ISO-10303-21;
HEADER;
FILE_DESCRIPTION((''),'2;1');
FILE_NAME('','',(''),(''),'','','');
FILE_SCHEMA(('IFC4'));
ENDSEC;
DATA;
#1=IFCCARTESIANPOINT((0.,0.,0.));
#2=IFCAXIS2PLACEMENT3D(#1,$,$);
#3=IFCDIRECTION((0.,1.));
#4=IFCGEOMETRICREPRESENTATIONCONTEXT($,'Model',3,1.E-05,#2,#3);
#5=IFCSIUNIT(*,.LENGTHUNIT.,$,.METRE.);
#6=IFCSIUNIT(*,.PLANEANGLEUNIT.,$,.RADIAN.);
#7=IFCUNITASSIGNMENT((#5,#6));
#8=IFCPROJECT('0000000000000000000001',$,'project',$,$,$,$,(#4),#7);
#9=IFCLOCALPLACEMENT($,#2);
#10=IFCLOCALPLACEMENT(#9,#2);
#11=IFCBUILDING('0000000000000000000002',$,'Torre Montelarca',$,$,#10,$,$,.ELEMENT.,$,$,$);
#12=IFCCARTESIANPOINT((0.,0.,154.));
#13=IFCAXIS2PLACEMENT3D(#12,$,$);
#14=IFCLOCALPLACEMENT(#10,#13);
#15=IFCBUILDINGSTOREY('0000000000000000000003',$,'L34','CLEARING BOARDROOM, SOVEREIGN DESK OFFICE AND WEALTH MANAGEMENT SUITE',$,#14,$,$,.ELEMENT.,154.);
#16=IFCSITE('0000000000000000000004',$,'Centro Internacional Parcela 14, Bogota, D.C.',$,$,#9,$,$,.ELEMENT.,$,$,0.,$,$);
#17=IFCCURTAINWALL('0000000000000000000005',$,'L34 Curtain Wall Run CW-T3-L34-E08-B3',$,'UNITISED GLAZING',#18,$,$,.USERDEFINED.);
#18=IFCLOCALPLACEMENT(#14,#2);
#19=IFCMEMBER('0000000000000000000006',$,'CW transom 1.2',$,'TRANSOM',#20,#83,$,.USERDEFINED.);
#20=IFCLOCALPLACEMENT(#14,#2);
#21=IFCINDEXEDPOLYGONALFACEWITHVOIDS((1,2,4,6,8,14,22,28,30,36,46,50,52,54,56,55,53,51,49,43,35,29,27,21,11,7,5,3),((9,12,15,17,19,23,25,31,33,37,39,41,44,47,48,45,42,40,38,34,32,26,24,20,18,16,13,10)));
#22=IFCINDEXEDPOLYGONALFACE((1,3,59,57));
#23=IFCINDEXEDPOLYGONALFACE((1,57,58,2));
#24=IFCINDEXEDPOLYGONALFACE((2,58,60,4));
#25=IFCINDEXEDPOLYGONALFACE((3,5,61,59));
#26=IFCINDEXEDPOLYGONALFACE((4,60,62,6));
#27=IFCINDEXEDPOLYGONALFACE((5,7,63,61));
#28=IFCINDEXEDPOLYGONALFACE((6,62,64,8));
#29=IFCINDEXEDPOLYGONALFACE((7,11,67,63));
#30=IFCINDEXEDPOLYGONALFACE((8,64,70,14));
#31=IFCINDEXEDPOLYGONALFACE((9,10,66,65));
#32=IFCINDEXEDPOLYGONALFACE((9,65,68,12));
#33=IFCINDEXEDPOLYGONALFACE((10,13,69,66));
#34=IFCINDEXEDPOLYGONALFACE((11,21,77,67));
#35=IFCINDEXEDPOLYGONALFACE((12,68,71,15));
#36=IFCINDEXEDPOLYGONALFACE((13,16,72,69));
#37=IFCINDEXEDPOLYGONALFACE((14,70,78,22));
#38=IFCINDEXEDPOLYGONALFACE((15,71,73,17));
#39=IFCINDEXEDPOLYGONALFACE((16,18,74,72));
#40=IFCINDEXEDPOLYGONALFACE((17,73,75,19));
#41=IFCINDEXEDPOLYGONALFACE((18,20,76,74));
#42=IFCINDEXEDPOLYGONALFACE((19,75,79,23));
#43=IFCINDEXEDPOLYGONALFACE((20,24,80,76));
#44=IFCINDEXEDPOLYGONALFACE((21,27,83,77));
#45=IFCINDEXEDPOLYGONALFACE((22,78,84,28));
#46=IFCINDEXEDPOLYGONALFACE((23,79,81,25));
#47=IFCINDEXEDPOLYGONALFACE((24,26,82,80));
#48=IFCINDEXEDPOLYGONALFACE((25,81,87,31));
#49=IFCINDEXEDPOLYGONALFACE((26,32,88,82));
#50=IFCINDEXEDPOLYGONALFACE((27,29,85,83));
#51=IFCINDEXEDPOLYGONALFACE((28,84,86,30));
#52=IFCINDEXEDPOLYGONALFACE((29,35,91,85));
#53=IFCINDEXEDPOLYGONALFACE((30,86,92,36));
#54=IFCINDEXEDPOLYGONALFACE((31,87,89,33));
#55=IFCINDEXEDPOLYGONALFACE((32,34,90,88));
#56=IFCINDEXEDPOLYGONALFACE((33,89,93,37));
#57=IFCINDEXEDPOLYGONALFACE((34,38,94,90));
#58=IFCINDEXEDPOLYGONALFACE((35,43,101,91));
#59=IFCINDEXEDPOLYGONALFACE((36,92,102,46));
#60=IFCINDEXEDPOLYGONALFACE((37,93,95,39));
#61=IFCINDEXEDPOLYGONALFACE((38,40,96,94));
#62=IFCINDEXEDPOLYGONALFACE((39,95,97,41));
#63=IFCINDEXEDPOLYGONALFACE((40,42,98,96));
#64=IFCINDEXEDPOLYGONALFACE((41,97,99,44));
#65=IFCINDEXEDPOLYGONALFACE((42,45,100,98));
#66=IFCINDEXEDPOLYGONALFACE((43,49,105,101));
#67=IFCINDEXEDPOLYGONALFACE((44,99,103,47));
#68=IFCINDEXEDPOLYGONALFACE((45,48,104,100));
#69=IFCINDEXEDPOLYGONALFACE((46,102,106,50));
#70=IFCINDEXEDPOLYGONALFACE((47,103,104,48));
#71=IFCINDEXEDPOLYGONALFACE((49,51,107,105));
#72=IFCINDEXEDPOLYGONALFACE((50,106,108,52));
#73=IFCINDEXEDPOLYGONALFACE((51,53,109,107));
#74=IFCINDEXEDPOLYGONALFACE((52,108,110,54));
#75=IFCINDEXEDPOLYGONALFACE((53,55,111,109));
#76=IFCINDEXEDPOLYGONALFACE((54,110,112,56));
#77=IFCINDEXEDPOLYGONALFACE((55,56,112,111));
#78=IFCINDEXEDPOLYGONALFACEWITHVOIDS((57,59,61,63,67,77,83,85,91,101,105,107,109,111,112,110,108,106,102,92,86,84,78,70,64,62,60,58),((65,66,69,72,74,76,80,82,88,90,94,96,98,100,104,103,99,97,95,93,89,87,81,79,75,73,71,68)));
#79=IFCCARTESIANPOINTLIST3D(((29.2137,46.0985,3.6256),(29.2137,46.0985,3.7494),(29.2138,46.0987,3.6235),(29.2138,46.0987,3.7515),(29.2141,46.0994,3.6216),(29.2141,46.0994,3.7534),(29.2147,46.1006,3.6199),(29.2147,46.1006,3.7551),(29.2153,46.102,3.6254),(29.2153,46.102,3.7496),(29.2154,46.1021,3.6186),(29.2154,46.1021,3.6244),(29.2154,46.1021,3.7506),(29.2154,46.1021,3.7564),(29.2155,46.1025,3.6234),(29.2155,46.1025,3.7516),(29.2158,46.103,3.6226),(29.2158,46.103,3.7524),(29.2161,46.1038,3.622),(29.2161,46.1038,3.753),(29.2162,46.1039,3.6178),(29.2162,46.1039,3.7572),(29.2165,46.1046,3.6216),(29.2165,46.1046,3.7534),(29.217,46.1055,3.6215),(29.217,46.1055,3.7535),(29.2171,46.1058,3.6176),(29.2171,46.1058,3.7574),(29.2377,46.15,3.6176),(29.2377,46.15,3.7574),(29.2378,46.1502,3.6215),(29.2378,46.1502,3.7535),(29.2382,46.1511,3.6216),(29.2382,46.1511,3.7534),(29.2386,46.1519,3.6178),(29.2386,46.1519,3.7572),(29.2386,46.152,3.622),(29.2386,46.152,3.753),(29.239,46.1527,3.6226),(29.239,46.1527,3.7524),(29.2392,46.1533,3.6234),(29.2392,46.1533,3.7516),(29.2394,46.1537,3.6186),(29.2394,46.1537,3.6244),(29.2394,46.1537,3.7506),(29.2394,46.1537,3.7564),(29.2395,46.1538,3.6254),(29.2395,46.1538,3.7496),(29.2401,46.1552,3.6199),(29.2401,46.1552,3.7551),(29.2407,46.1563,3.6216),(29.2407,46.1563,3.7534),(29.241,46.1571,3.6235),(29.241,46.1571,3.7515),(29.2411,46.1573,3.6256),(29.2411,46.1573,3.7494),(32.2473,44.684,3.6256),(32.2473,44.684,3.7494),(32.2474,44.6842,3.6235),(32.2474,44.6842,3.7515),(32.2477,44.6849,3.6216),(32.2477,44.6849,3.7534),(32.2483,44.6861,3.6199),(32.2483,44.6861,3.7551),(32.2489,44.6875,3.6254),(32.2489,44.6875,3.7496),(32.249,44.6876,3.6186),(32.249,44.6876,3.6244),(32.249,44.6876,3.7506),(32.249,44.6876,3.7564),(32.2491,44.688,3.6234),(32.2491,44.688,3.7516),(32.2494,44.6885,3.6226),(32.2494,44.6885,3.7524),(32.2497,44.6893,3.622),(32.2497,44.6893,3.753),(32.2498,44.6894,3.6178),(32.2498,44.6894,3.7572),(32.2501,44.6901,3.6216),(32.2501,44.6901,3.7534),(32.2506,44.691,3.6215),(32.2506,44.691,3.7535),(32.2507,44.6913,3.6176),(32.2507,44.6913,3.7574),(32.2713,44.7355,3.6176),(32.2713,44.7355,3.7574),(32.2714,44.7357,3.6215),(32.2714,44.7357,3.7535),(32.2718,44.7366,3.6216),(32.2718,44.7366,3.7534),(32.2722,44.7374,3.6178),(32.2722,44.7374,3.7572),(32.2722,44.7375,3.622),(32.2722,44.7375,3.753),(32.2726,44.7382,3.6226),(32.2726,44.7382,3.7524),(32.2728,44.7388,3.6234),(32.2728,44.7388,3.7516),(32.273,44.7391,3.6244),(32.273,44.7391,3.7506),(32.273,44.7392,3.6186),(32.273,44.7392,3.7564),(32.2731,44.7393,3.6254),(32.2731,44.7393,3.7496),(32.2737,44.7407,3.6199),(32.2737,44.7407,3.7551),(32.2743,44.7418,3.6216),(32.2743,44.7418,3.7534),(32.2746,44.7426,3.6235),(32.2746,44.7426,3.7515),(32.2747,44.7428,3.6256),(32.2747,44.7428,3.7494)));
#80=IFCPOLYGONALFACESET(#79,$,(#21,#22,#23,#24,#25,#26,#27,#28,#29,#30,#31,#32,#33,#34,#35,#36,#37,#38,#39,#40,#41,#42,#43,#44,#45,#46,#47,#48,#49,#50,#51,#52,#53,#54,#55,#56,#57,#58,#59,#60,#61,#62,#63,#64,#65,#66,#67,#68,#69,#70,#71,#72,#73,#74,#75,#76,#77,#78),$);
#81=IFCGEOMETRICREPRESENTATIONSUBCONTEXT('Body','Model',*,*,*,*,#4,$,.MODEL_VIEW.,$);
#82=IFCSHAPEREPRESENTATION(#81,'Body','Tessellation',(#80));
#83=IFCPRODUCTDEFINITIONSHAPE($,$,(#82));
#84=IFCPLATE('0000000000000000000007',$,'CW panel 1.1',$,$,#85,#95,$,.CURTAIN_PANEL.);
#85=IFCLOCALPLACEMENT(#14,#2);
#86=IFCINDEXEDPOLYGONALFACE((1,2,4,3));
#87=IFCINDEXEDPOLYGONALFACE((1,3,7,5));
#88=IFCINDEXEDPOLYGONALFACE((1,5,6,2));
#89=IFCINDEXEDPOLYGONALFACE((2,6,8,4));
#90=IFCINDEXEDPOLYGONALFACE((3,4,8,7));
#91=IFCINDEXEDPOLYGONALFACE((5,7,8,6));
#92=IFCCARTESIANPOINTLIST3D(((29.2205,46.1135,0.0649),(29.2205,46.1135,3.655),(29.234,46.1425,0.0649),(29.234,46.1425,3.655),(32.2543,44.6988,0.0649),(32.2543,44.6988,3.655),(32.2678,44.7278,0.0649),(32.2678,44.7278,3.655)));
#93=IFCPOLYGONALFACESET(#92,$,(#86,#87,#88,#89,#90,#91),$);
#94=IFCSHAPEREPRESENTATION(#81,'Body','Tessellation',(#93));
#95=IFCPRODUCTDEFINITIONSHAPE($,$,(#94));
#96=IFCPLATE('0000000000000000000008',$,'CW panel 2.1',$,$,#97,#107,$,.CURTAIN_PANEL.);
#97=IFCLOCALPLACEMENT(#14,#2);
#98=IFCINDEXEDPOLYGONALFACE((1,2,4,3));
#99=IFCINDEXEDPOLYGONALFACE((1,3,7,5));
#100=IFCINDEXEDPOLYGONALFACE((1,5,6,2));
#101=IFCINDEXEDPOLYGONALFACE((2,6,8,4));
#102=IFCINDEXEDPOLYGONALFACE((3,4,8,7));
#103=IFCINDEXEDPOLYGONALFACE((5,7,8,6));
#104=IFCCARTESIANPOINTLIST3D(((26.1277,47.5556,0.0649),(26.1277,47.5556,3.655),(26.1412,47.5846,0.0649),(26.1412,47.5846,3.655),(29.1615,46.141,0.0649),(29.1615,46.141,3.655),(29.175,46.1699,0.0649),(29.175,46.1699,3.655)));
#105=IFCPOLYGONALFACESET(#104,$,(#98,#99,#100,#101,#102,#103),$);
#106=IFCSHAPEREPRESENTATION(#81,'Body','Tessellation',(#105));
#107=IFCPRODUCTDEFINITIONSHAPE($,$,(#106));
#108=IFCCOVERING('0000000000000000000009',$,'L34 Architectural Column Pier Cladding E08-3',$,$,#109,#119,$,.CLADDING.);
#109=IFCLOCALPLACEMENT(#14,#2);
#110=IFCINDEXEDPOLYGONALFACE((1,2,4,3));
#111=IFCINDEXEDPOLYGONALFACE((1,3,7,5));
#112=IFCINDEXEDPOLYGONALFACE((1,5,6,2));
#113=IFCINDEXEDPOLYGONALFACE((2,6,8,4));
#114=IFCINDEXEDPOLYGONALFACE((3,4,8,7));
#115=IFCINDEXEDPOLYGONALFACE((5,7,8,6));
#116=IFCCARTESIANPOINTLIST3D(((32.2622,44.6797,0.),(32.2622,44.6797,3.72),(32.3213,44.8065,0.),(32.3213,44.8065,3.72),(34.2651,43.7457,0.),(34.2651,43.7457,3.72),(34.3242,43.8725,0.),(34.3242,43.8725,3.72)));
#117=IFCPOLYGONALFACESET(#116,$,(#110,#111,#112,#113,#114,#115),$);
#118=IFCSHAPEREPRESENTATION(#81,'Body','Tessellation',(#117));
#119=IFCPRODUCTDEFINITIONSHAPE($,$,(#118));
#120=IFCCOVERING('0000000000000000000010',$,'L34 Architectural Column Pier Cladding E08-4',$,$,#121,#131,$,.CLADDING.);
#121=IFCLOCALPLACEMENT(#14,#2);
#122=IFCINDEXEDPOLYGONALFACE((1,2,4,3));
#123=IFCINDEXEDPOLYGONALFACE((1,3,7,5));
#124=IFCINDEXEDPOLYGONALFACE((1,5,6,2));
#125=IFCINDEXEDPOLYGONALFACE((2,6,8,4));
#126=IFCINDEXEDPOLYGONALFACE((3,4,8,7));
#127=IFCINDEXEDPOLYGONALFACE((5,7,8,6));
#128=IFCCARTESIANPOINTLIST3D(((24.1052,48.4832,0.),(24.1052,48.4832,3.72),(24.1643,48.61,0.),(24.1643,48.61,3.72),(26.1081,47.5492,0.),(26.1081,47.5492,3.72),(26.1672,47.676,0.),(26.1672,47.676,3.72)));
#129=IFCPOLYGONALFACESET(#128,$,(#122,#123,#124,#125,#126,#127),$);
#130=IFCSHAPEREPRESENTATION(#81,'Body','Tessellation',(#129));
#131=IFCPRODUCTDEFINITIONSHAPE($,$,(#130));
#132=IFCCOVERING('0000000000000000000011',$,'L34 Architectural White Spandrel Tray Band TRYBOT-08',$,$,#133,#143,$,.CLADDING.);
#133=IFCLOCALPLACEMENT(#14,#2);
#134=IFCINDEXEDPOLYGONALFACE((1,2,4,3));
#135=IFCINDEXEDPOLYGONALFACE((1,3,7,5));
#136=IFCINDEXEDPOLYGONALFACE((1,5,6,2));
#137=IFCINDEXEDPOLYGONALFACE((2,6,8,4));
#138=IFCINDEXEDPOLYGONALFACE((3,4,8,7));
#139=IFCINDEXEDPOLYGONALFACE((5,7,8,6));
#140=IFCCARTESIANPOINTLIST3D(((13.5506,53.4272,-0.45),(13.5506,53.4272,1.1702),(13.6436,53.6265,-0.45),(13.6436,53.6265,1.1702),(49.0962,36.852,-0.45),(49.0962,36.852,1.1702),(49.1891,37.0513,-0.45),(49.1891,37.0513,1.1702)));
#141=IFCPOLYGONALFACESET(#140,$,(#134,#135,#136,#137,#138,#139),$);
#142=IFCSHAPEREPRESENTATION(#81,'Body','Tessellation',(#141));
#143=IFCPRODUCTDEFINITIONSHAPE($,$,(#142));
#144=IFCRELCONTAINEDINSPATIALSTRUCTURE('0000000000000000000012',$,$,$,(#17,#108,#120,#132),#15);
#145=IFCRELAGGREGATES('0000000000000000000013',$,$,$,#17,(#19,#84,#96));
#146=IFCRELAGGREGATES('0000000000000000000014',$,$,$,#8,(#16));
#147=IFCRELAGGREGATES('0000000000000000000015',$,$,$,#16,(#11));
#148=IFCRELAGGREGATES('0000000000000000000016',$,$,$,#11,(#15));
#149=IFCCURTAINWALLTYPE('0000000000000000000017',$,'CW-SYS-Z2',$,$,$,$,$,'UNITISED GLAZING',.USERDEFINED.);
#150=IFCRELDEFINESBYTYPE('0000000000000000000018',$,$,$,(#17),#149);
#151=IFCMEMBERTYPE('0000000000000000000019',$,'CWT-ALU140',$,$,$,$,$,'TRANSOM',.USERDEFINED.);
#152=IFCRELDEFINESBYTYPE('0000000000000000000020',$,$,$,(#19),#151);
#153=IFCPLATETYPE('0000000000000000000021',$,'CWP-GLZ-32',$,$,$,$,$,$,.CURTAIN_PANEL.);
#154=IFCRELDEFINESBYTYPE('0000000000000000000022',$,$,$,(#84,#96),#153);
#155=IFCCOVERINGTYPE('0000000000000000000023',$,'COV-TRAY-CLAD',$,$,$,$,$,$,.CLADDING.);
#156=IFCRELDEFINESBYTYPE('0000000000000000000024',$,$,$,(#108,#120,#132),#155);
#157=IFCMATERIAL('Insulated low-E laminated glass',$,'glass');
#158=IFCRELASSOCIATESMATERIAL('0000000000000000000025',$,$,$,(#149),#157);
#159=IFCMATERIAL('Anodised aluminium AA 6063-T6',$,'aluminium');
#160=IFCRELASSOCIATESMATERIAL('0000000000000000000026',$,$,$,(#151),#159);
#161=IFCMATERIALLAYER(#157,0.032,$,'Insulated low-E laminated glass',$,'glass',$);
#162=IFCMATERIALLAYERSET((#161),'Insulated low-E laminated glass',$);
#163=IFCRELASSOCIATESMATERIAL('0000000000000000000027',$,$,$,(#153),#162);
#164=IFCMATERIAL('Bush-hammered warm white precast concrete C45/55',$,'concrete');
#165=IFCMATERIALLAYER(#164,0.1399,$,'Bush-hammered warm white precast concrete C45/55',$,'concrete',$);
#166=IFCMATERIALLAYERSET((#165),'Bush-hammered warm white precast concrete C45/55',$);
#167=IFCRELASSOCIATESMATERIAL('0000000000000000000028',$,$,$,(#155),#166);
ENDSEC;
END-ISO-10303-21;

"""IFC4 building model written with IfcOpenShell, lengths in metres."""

from ifc_helpers import new_model, si_unit, direction, frame, origin, origin_2d, place, context, subcontext, project, spatial, rectangle, hollow_rectangle, extrude, source, transform, mapped, material, layer, layer_set, material_profile, profile_set, type_object, element, aggregate, save


model = new_model("IFC4")

# Units and contexts
model_context = context("Model", 3, precision=1e-05, world=origin(), true_north=direction((0.0, 1.0)))
body_context = subcontext(model_context, "Body", "Model", "MODEL_VIEW")
ifc_project = project(units=[si_unit("LENGTHUNIT", "METRE"), si_unit("PLANEANGLEUNIT", "RADIAN")], contexts=[model_context])

# Site, building, storey
site_placement = place(None, origin())
site = spatial("IfcSite", under=ifc_project, at=site_placement, Name="Centro Internacional Parcela 14, Bogota, D.C.", CompositionType="ELEMENT", RefElevation=0.0)
building_placement = place(site_placement, origin())
building = spatial("IfcBuilding", under=site, at=building_placement, Name="Torre Montelarca", CompositionType="ELEMENT")
storey_placement = place(building_placement, frame((0.0, 0.0, 154.0)))
storey = spatial("IfcBuildingStorey", under=building, at=storey_placement, Name="L34", Description="CLEARING BOARDROOM, SOVEREIGN DESK OFFICE AND WEALTH MANAGEMENT SUITE", CompositionType="ELEMENT", Elevation=154.0)

# Shared definitions
ifc_material_1 = material(Name="Insulated low-E laminated glass", Category="glass")
curtain_wall_type = type_object("IfcCurtainWallType", Name="CW-SYS-Z2", ElementType="UNITISED GLAZING", PredefinedType="USERDEFINED", material=ifc_material_1)
ifc_material_2 = material(Name="Anodised aluminium AA 6063-T6", Category="aluminium")

# Curtain wall
curtain_wall_1_placement = place(storey_placement, origin())
curtain_wall_1 = element("IfcCurtainWall", 1, at=curtain_wall_1_placement, inside=storey, type_object=curtain_wall_type, Name="L34 Curtain Wall Run CW-T3-L34-E08-B3", ObjectType="UNITISED GLAZING", PredefinedType="USERDEFINED")
ifc_material_profile_1 = material_profile(ifc_material_2, hollow_rectangle(XDim=0.0649, YDim=0.1399, WallThickness=0.0039, InnerFilletRadius=0.0039, OuterFilletRadius=0.0081, at=origin_2d()), Name="ALU65X140X4", Category="aluminium")
ifc_profile_set_1 = profile_set([ifc_material_profile_1], Name="Anodised aluminium AA 6063-T6")
member_type_1 = type_object("IfcMemberType", Name="CWT-ALU140", ElementType="TRANSOM", PredefinedType="USERDEFINED", material=ifc_profile_set_1)

# Member
shared_shape_1 = source(origin(), body_context, "Body", "SweptSolid", [
    extrude(hollow_rectangle(XDim=0.0649, YDim=0.1399, WallThickness=0.0039, InnerFilletRadius=0.0039, OuterFilletRadius=0.0081, at=origin_2d()), origin(), (0.0, 0.0, 1.0), 3.3472),
])
member_1_placement = place(storey_placement, frame((32.261, 44.7134, 3.6875), z_axis=(-0.906317, 0.422598, 0.0), x_axis=(-0.422598, -0.906317, 0.0)))
member_1 = element("IfcMember", 2, at=member_1_placement, type_object=member_type_1, Name="CW transom 1.2", ObjectType="TRANSOM", PredefinedType="USERDEFINED", context=body_context, shape_type="MappedRepresentation", body=[
    mapped(shared_shape_1, transform((0.0, 0.0, 0.0), scale=1.0)),
])

# Plates
ifc_layer_1 = layer(ifc_material_1, 0.032, Name="Insulated low-E laminated glass", Category="glass")
ifc_layer_set_1 = layer_set([ifc_layer_1], Name="Insulated low-E laminated glass")
plate_type = type_object("IfcPlateType", Name="CWP-GLZ-32", PredefinedType="CURTAIN_PANEL", material=ifc_layer_set_1)
shared_shape_2 = source(origin(), body_context, "Body", "SweptSolid", [
    extrude(rectangle(XDim=3.3474, YDim=0.032, at=origin_2d()), origin(), (0.0, 0.0, 1.0), 3.5901),
])
plate_1_placement = place(storey_placement, frame((30.7441, 45.4207, 0.0649), z_axis=(0.0, 0.0, 1.0), x_axis=(-0.906308, 0.422617, 0.0)))
plate_1 = element("IfcPlate", 3, at=plate_1_placement, type_object=plate_type, Name="CW panel 1.1", PredefinedType="CURTAIN_PANEL", context=body_context, shape_type="MappedRepresentation", body=[
    mapped(shared_shape_2, transform((0.0, 0.0, 0.0), scale=1.0)),
])
plate_2_placement = place(storey_placement, frame((27.6514, 46.8628, 0.0649), z_axis=(0.0, 0.0, 1.0), x_axis=(-0.906308, 0.422617, 0.0)))
plate_2 = element("IfcPlate", 4, at=plate_2_placement, type_object=plate_type, Name="CW panel 2.1", PredefinedType="CURTAIN_PANEL", context=body_context, shape_type="MappedRepresentation", body=[
    mapped(shared_shape_2, transform((0.0, 0.0, 0.0), scale=1.0)),
])
aggregate(curtain_wall_1, [member_1, plate_1, plate_2])

# Coverings
ifc_material_3 = material(Name="Bush-hammered warm white precast concrete C45/55", Category="concrete")
ifc_layer_2 = layer(ifc_material_3, 0.1399, Name="Bush-hammered warm white precast concrete C45/55", Category="concrete")
ifc_layer_set_2 = layer_set([ifc_layer_2], Name="Bush-hammered warm white precast concrete C45/55")
covering_type = type_object("IfcCoveringType", Name="COV-TRAY-CLAD", PredefinedType="CLADDING", material=ifc_layer_set_2)
shared_shape_3 = source(origin(), body_context, "Body", "SweptSolid", [
    extrude(rectangle(XDim=2.21, YDim=0.1399, at=origin_2d()), origin(), (0.0, 0.0, 1.0), 3.72),
])
for number, where, z_axis, x_axis, name in (
    (5, (33.2932, 44.2761, 0.0), (0.0, 0.0, 1.0), (-0.906308, 0.422618, 0.0), "L34 Architectural Column Pier Cladding E08-3"),
    (6, (25.1362, 48.0796, 0.0), (0.0, 0.0, 1.0), (-0.906308, 0.422618, 0.0), "L34 Architectural Column Pier Cladding E08-4"),
):
    element("IfcCovering", number, at=place(storey_placement, frame(where, z_axis=z_axis, x_axis=x_axis)), inside=storey, type_object=covering_type, Name=name, PredefinedType="CLADDING", context=body_context, shape_type="MappedRepresentation", body=[
        mapped(shared_shape_3, transform((0.0, 0.0, 0.0), scale=1.0)),
    ])
shared_shape_4 = source(origin(), body_context, "Body", "SweptSolid", [
    extrude(rectangle(XDim=39.2202, YDim=0.22, at=origin_2d()), origin(), (0.0, 0.0, 1.0), 1.6201),
])
covering_placement = place(storey_placement, frame((31.3699, 45.2393, -0.45), z_axis=(0.0, 0.0, 1.0), x_axis=(-0.906308, 0.422618, 0.0)))
element("IfcCovering", 7, at=covering_placement, inside=storey, type_object=covering_type, Name="L34 Architectural White Spandrel Tray Band TRYBOT-08", PredefinedType="CLADDING", context=body_context, shape_type="MappedRepresentation", body=[
    mapped(shared_shape_4, transform((0.0, 0.0, 0.0), scale=1.0)),
])

save(model, "model.ifc")
